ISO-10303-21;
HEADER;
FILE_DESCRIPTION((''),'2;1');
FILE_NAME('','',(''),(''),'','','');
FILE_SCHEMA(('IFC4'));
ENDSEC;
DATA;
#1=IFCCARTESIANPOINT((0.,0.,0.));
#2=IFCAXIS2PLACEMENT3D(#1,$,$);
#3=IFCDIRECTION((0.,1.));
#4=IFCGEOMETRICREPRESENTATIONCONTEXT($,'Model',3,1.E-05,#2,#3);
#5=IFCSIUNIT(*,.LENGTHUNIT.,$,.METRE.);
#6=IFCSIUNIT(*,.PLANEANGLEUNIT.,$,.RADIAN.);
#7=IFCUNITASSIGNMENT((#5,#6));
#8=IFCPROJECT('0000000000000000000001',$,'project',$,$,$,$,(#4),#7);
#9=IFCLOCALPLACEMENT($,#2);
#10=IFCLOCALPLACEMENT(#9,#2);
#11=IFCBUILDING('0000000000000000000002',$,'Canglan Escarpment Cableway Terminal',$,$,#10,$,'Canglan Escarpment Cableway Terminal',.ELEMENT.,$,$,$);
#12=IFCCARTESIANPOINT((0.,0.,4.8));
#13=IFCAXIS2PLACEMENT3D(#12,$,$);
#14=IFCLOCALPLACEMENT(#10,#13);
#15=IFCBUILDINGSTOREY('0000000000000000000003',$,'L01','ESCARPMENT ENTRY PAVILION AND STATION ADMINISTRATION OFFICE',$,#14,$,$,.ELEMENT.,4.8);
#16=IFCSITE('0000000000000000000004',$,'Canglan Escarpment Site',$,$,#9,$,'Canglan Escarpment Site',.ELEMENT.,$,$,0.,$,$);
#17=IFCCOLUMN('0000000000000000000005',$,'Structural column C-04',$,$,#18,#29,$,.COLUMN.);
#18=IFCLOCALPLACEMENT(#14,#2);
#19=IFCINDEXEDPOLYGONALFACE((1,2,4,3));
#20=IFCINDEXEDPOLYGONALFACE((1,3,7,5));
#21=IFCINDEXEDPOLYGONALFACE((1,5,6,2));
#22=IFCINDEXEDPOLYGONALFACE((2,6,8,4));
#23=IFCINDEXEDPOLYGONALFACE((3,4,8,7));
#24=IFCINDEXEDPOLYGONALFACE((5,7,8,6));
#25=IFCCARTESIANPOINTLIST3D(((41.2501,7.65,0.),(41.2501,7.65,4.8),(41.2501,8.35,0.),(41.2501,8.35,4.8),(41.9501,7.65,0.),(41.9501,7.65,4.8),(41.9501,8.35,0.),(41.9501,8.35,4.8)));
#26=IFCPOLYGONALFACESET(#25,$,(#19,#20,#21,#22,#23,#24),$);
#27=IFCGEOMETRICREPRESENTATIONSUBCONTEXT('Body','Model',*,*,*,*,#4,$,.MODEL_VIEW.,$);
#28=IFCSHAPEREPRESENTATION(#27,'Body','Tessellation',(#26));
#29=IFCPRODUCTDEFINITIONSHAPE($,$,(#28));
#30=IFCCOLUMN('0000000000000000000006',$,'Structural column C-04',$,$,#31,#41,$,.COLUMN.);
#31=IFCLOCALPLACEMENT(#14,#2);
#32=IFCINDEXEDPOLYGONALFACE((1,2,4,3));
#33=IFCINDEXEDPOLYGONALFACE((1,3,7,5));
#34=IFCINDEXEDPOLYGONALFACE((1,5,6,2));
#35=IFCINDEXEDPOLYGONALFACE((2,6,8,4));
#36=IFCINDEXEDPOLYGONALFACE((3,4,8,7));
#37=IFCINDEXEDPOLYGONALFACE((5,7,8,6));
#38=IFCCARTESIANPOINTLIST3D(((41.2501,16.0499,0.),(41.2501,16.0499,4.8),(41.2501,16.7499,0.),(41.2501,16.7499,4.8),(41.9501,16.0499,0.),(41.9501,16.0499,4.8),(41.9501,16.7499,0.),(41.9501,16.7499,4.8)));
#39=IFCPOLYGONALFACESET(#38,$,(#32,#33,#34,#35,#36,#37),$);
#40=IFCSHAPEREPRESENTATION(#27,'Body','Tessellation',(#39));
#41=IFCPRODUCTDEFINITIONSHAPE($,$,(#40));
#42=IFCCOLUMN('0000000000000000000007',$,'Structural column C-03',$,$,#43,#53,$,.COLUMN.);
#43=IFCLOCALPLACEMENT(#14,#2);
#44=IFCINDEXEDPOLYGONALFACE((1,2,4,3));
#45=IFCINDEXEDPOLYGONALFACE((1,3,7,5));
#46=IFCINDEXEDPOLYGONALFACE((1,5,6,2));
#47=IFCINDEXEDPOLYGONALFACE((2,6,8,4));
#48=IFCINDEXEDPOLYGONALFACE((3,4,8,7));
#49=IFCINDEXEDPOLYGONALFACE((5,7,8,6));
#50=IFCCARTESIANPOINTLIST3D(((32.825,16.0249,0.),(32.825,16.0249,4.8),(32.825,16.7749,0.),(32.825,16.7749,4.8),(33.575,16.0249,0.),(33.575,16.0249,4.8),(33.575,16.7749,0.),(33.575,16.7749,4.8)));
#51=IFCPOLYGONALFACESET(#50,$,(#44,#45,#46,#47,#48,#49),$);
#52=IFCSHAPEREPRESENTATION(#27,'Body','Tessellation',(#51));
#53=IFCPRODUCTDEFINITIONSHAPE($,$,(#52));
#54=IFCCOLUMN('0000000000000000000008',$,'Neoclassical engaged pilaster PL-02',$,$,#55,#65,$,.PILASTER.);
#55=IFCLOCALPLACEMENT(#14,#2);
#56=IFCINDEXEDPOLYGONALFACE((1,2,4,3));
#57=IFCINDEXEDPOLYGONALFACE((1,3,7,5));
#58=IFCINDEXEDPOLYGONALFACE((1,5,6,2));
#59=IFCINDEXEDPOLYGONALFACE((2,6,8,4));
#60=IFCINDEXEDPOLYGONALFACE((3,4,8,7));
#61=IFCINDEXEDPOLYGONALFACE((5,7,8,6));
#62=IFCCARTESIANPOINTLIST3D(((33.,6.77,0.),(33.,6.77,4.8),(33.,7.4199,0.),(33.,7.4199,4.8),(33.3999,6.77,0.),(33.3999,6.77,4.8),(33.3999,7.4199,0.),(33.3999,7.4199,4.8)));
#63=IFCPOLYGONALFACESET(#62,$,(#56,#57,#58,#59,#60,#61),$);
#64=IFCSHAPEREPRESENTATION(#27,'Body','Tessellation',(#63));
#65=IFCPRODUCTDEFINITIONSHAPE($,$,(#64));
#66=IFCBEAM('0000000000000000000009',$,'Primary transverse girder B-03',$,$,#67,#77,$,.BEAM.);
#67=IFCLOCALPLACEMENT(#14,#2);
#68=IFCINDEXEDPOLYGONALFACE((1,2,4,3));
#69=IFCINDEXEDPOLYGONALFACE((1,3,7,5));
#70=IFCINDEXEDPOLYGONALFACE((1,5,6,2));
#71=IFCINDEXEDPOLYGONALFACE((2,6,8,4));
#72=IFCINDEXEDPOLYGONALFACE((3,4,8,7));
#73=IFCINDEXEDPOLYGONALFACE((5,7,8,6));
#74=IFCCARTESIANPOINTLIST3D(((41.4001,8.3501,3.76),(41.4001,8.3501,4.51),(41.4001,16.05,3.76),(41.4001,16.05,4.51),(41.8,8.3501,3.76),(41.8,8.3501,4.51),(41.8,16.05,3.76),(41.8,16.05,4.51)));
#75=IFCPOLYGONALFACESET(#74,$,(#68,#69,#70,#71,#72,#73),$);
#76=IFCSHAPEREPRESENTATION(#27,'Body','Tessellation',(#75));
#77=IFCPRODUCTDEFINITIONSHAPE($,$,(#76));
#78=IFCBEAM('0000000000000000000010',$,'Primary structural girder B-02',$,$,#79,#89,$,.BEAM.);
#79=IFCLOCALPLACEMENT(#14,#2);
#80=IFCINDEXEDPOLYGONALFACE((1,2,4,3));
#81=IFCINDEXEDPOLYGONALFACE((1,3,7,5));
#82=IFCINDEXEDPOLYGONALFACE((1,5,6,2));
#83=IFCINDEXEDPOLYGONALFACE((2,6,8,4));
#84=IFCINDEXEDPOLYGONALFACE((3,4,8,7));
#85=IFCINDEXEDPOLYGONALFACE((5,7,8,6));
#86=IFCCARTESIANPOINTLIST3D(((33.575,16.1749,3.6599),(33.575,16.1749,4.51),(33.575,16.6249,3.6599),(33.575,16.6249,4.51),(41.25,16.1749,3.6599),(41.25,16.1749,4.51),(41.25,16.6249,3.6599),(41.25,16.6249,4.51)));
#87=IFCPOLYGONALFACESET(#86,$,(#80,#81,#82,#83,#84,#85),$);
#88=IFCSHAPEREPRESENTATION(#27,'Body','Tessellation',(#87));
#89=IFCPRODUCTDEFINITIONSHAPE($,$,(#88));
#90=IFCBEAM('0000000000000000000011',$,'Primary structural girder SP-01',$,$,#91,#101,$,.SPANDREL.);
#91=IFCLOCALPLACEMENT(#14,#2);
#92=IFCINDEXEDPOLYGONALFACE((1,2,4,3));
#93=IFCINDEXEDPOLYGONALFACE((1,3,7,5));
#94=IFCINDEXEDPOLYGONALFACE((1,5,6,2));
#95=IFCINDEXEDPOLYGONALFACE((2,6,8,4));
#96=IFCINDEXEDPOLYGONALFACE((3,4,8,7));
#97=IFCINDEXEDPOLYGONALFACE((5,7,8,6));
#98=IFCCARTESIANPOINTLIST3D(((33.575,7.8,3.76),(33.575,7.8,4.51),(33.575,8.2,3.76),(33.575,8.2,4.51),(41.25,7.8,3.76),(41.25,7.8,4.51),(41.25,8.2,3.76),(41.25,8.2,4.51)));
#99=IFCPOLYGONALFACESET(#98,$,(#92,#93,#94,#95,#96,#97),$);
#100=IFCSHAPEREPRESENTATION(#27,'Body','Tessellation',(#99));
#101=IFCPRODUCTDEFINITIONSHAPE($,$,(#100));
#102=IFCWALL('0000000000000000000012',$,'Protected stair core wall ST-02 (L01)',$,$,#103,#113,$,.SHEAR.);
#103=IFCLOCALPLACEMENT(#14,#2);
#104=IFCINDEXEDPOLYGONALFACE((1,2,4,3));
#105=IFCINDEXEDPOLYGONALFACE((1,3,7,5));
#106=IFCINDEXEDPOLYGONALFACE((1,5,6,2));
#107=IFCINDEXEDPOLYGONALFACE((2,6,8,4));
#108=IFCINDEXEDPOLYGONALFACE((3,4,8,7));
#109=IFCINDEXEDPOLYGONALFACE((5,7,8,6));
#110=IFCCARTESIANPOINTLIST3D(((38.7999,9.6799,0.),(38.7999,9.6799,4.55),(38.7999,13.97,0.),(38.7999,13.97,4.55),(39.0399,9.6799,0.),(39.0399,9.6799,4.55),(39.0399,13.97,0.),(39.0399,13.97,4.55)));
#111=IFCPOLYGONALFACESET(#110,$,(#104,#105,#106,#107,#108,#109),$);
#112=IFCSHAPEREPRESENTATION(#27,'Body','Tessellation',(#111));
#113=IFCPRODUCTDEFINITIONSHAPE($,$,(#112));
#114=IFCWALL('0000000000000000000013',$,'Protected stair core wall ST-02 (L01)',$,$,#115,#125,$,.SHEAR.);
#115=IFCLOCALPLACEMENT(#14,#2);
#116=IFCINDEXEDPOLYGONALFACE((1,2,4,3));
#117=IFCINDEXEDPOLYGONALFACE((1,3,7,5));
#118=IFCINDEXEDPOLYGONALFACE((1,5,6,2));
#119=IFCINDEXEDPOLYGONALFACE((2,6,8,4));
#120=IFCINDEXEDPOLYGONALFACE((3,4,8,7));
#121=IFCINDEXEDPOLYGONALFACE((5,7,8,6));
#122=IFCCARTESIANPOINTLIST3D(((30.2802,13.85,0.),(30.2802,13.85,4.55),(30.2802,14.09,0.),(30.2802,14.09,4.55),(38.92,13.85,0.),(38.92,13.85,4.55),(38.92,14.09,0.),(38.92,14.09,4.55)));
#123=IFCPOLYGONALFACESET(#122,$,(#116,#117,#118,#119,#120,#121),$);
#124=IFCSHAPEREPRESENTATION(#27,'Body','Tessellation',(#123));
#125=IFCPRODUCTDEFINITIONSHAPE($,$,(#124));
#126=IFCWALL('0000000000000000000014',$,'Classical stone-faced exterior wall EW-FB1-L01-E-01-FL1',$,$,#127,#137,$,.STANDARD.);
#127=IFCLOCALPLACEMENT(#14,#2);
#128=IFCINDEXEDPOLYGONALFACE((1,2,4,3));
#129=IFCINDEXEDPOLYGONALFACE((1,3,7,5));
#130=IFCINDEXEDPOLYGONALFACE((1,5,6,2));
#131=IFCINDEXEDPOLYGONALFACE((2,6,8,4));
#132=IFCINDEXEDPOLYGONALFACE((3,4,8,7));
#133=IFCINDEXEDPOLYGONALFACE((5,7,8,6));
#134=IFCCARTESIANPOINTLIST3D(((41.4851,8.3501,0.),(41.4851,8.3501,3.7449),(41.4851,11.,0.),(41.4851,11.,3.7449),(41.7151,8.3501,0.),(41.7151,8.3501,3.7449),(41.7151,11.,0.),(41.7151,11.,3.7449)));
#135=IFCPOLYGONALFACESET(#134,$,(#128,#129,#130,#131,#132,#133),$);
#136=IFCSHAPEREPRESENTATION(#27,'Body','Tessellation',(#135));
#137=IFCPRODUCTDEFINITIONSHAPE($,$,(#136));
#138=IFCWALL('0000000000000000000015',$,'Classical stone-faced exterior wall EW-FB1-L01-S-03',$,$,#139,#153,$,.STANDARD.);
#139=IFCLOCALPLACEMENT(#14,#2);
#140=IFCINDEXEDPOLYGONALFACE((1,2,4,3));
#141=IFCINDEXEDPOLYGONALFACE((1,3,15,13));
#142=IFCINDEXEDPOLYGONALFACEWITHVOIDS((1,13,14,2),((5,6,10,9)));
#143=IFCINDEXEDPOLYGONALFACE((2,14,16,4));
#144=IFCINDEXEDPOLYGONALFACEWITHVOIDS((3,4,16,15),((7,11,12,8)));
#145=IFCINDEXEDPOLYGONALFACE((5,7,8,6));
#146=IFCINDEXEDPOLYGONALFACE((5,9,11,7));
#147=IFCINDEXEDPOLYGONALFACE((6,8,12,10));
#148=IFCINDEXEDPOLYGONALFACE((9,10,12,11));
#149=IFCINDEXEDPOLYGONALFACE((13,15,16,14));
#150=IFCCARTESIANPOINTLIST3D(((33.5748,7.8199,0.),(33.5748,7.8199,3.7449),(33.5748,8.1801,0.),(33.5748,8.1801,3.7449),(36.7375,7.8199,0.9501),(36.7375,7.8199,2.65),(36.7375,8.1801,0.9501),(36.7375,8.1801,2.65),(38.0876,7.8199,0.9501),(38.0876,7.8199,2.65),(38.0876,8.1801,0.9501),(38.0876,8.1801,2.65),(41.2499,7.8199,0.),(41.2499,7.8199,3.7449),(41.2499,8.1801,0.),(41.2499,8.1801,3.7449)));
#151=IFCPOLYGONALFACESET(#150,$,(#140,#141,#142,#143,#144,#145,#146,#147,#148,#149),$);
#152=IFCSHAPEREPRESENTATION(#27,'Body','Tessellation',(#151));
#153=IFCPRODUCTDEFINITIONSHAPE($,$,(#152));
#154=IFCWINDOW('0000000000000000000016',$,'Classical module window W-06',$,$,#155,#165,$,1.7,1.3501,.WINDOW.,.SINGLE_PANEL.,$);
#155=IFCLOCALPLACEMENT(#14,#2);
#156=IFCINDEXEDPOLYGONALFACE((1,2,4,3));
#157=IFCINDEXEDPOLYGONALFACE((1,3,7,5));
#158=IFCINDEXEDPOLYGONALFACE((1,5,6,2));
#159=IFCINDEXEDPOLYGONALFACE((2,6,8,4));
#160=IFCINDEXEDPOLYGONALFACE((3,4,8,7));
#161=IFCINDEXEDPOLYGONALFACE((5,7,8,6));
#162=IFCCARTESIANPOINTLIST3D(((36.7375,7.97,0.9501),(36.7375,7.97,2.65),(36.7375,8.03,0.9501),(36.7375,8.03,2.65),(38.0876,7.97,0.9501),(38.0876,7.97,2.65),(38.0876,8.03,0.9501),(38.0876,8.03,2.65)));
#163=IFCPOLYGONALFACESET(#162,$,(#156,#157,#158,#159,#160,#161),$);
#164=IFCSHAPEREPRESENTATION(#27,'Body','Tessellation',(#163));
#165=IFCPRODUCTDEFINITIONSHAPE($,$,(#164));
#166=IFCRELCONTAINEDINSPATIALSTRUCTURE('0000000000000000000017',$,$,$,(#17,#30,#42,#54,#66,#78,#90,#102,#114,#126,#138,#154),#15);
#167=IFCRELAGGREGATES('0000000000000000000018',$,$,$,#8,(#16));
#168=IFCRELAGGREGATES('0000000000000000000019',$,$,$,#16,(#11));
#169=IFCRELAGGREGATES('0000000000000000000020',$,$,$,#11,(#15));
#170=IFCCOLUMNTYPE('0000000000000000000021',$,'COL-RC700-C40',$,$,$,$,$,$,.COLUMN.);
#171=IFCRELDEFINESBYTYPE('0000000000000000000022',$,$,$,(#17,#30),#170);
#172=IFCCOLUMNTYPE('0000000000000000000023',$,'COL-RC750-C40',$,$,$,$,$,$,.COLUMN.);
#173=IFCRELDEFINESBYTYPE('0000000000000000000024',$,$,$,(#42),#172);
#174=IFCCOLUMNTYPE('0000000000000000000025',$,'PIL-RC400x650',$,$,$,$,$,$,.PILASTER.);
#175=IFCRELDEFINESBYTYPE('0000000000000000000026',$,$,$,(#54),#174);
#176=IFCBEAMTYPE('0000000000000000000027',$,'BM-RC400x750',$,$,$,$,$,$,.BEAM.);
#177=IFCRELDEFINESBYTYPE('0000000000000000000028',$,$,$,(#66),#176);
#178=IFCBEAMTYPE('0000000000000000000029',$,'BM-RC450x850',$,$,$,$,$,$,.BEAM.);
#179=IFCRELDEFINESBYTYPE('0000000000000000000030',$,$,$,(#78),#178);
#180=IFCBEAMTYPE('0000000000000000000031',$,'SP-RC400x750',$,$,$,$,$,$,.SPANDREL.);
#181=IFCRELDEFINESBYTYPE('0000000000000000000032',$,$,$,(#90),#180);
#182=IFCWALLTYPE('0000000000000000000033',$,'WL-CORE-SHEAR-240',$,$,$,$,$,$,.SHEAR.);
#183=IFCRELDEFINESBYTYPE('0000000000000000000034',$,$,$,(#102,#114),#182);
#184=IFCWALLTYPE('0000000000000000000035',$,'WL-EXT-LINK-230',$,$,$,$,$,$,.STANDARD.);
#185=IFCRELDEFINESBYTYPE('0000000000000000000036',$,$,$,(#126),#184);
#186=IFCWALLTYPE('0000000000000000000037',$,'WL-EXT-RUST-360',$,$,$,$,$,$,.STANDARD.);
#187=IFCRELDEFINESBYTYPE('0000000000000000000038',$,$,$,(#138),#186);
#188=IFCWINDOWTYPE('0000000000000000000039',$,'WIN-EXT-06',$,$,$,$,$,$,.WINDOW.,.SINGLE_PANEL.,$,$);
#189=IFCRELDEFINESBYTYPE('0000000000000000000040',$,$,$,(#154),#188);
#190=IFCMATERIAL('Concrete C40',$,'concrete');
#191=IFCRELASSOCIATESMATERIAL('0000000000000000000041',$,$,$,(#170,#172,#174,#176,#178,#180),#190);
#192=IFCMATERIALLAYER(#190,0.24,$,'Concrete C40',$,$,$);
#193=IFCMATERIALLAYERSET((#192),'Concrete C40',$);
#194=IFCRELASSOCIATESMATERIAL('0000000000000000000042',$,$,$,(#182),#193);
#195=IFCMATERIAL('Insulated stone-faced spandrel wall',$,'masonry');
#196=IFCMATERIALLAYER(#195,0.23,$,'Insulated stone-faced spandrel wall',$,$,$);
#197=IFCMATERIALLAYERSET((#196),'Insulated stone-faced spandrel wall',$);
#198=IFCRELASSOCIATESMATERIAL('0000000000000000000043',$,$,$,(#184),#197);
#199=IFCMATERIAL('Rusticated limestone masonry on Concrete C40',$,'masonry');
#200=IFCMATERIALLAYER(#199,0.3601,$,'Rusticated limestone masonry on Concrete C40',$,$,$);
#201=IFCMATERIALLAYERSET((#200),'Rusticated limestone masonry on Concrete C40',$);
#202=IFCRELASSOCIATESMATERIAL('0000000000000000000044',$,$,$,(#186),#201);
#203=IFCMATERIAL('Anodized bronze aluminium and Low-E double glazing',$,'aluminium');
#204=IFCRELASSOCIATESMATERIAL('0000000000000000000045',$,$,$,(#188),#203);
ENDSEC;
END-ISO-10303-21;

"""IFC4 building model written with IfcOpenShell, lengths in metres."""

from ifc_helpers import new_model, si_unit, direction, frame, frame_2d, origin, origin_2d, place, context, subcontext, project, spatial, rectangle, extrude, material, layer, layer_set, material_profile, profile_set, type_object, element, fill, save


model = new_model("IFC4")

# Units and contexts
model_context = context("Model", 3, precision=1e-05, world=origin(), true_north=direction((0.0, 1.0)))
body_context = subcontext(model_context, "Body", "Model", "MODEL_VIEW")
ifc_project = project(units=[si_unit("LENGTHUNIT", "METRE"), si_unit("PLANEANGLEUNIT", "RADIAN")], contexts=[model_context])

# Site, building, storey
site_placement = place(None, origin())
site = spatial("IfcSite", under=ifc_project, at=site_placement, Name="Canglan Escarpment Site", LongName="Canglan Escarpment Site", CompositionType="ELEMENT", RefElevation=0.0)
building_placement = place(site_placement, origin())
building = spatial("IfcBuilding", under=site, at=building_placement, Name="Canglan Escarpment Cableway Terminal", LongName="Canglan Escarpment Cableway Terminal", CompositionType="ELEMENT")
storey_placement = place(building_placement, frame((0.0, 0.0, 4.8)))
storey = spatial("IfcBuildingStorey", under=building, at=storey_placement, Name="L01", Description="ESCARPMENT ENTRY PAVILION AND STATION ADMINISTRATION OFFICE", CompositionType="ELEMENT", Elevation=4.8)

# Columns
ifc_material_1 = material(Name="Concrete C40", Category="concrete")
ifc_material_profile_1 = material_profile(ifc_material_1, rectangle(XDim=0.7, YDim=0.7, at=origin_2d()), Name="RC 700x700")
ifc_profile_set_1 = profile_set([ifc_material_profile_1], Name="Concrete C40")
column_type_1 = type_object("IfcColumnType", Name="COL-RC700-C40", PredefinedType="COLUMN", material=ifc_profile_set_1)
for number, where, z_axis, x_axis, name in (
    (1, (41.6001, 8.0, 0.0), (0.0, 0.0, 1.0), (1.0, 0.0, 0.0), "Structural column C-04"),
    (2, (41.6001, 16.3999, 0.0), (0.0, 0.0, 1.0), (1.0, 0.0, 0.0), "Structural column C-04"),
):
    element("IfcColumn", number, at=place(storey_placement, frame(where, z_axis=z_axis, x_axis=x_axis)), inside=storey, type_object=column_type_1, Name=name, PredefinedType="COLUMN", context=body_context, shape_type="SweptSolid", body=[
        extrude(rectangle(XDim=0.7, YDim=0.7, at=origin_2d()), origin(), (0.0, 0.0, 1.0), 4.8),
    ])
ifc_material_profile_2 = material_profile(ifc_material_1, rectangle(XDim=0.75, YDim=0.75, at=origin_2d()), Name="RC 750x750")
ifc_profile_set_2 = profile_set([ifc_material_profile_2], Name="Concrete C40")
column_type_2 = type_object("IfcColumnType", Name="COL-RC750-C40", PredefinedType="COLUMN", material=ifc_profile_set_2)
column_1_placement = place(storey_placement, frame((33.2, 16.3999, 0.0), z_axis=(0.0, 0.0, 1.0), x_axis=(1.0, 0.0, 0.0)))
element("IfcColumn", 3, at=column_1_placement, inside=storey, type_object=column_type_2, Name="Structural column C-03", PredefinedType="COLUMN", context=body_context, shape_type="SweptSolid", body=[
    extrude(rectangle(XDim=0.75, YDim=0.75, at=origin_2d()), origin(), (0.0, 0.0, 1.0), 4.8),
])
ifc_material_profile_3 = material_profile(ifc_material_1, rectangle(XDim=0.3999, YDim=0.6499, at=origin_2d()), Name="RC-PIL 400x650")
ifc_profile_set_3 = profile_set([ifc_material_profile_3], Name="Concrete C40")
column_type_3 = type_object("IfcColumnType", Name="PIL-RC400x650", PredefinedType="PILASTER", material=ifc_profile_set_3)
column_2_placement = place(storey_placement, frame((33.2, 7.095, 0.0), z_axis=(0.0, 0.0, 1.0), x_axis=(1.0, 0.0, 0.0)))
element("IfcColumn", 4, at=column_2_placement, inside=storey, type_object=column_type_3, Name="Neoclassical engaged pilaster PL-02", PredefinedType="PILASTER", context=body_context, shape_type="SweptSolid", body=[
    extrude(rectangle(XDim=0.3999, YDim=0.6499, at=origin_2d()), origin(), (0.0, 0.0, 1.0), 4.8),
])

# Beams
ifc_material_profile_4 = material_profile(ifc_material_1, rectangle(XDim=0.3999, YDim=0.75, at=origin_2d()), Name="RC 400x750")
ifc_profile_set_4 = profile_set([ifc_material_profile_4], Name="Concrete C40")
beam_type_1 = type_object("IfcBeamType", Name="BM-RC400x750", PredefinedType="BEAM", material=ifc_profile_set_4)
beam_1_placement = place(storey_placement, frame((41.6001, 8.3501, 4.135), z_axis=(0.0, 1.0, 0.0), x_axis=(-1.0, 0.0, 0.0)))
element("IfcBeam", 5, at=beam_1_placement, inside=storey, type_object=beam_type_1, Name="Primary transverse girder B-03", PredefinedType="BEAM", context=body_context, shape_type="SweptSolid", body=[
    extrude(rectangle(XDim=0.3999, YDim=0.75, at=origin_2d()), origin(), (0.0, 0.0, 1.0), 7.7),
])
ifc_material_profile_5 = material_profile(ifc_material_1, rectangle(XDim=0.45, YDim=0.8501, at=origin_2d()), Name="RC 450x850")
ifc_profile_set_5 = profile_set([ifc_material_profile_5], Name="Concrete C40")
beam_type_2 = type_object("IfcBeamType", Name="BM-RC450x850", PredefinedType="BEAM", material=ifc_profile_set_5)
beam_2_placement = place(storey_placement, frame((33.575, 16.3999, 4.085), z_axis=(1.0, 0.0, 0.0), x_axis=(0.0, 1.0, 0.0)))
element("IfcBeam", 6, at=beam_2_placement, inside=storey, type_object=beam_type_2, Name="Primary structural girder B-02", PredefinedType="BEAM", context=body_context, shape_type="SweptSolid", body=[
    extrude(rectangle(XDim=0.45, YDim=0.8501, at=origin_2d()), origin(), (0.0, 0.0, 1.0), 7.675),
])
ifc_material_profile_6 = material_profile(ifc_material_1, rectangle(XDim=0.3999, YDim=0.75, at=origin_2d()), Name="RC 400x750")
ifc_profile_set_6 = profile_set([ifc_material_profile_6], Name="Concrete C40")
beam_type_3 = type_object("IfcBeamType", Name="SP-RC400x750", PredefinedType="SPANDREL", material=ifc_profile_set_6)
beam_3_placement = place(storey_placement, frame((33.575, 8.0, 4.135), z_axis=(1.0, 0.0, 0.0), x_axis=(0.0, 1.0, 0.0)))
element("IfcBeam", 7, at=beam_3_placement, inside=storey, type_object=beam_type_3, Name="Primary structural girder SP-01", PredefinedType="SPANDREL", context=body_context, shape_type="SweptSolid", body=[
    extrude(rectangle(XDim=0.3999, YDim=0.75, at=origin_2d()), origin(), (0.0, 0.0, 1.0), 7.675),
])

# Walls
ifc_layer_1 = layer(ifc_material_1, 0.24, Name="Concrete C40")
ifc_layer_set_1 = layer_set([ifc_layer_1], Name="Concrete C40")
wall_type_1 = type_object("IfcWallType", Name="WL-CORE-SHEAR-240", PredefinedType="SHEAR", material=ifc_layer_set_1)
wall_1_placement = place(storey_placement, frame((38.9199, 9.6799, 0.0), z_axis=(0.0, 0.0, 1.0), x_axis=(0.0, 1.0, 0.0)))
element("IfcWall", 8, at=wall_1_placement, inside=storey, type_object=wall_type_1, Name="Protected stair core wall ST-02 (L01)", PredefinedType="SHEAR", context=body_context, shape_type="SweptSolid", body=[
    extrude(rectangle(XDim=4.29, YDim=0.24, at=frame_2d((2.145, 0.0))), origin(), (0.0, 0.0, 1.0), 4.55),
])
wall_2_placement = place(storey_placement, frame((38.9199, 13.97, 0.0), z_axis=(0.0, 0.0, 1.0), x_axis=(-1.0, 0.0, 0.0)))
element("IfcWall", 9, at=wall_2_placement, inside=storey, type_object=wall_type_1, Name="Protected stair core wall ST-02 (L01)", PredefinedType="SHEAR", context=body_context, shape_type="SweptSolid", body=[
    extrude(rectangle(XDim=8.6399, YDim=0.24, at=frame_2d((4.3198, 0.0))), origin(), (0.0, 0.0, 1.0), 4.55),
])
ifc_material_2 = material(Name="Insulated stone-faced spandrel wall", Category="masonry")
ifc_layer_2 = layer(ifc_material_2, 0.23, Name="Insulated stone-faced spandrel wall")
ifc_layer_set_2 = layer_set([ifc_layer_2], Name="Insulated stone-faced spandrel wall")
wall_type_2 = type_object("IfcWallType", Name="WL-EXT-LINK-230", PredefinedType="STANDARD", material=ifc_layer_set_2)
wall_3_placement = place(storey_placement, frame((41.6001, 8.3501, 0.0), z_axis=(0.0, 0.0, 1.0), x_axis=(0.0, 1.0, 0.0)))
element("IfcWall", 10, at=wall_3_placement, inside=storey, type_object=wall_type_2, Name="Classical stone-faced exterior wall EW-FB1-L01-E-01-FL1", PredefinedType="STANDARD", context=body_context, shape_type="SweptSolid", body=[
    extrude(rectangle(XDim=2.6499, YDim=0.23, at=frame_2d((1.325, 0.0))), origin(), (0.0, 0.0, 1.0), 3.7449),
])

# Wall, opening, window
ifc_material_3 = material(Name="Rusticated limestone masonry on Concrete C40", Category="masonry")
ifc_layer_3 = layer(ifc_material_3, 0.3601, Name="Rusticated limestone masonry on Concrete C40")
ifc_layer_set_3 = layer_set([ifc_layer_3], Name="Rusticated limestone masonry on Concrete C40")
wall_type_3 = type_object("IfcWallType", Name="WL-EXT-RUST-360", PredefinedType="STANDARD", material=ifc_layer_set_3)
wall_4_placement = place(storey_placement, frame((33.575, 8.0, 0.0), z_axis=(0.0, 0.0, 1.0), x_axis=(1.0, 0.0, 0.0)))
wall_4 = element("IfcWall", 11, at=wall_4_placement, inside=storey, type_object=wall_type_3, Name="Classical stone-faced exterior wall EW-FB1-L01-S-03", PredefinedType="STANDARD", context=body_context, shape_type="SweptSolid", body=[
    extrude(rectangle(XDim=7.675, YDim=0.3601, at=frame_2d((3.8374, 0.0))), origin(), (0.0, 0.0, 1.0), 3.7449),
])
opening_1_placement = place(wall_4_placement, frame((3.1626, 0.0, 0.95)))
opening_1 = element("IfcOpeningElement", 12, at=opening_1_placement, cuts=wall_4, PredefinedType="OPENING", context=body_context, shape_type="SweptSolid", body=[
    extrude(rectangle(XDim=1.3501, YDim=1.7, at=frame_2d((0.675, 0.8501))), frame((0.0, 0.1899, 0.0), z_axis=(0.0, -1.0, 0.0), x_axis=(1.0, 0.0, 0.0)), (0.0, 0.0, 1.0), 0.3801),
])
ifc_material_4 = material(Name="Anodized bronze aluminium and Low-E double glazing", Category="aluminium")
window_type = type_object("IfcWindowType", Name="WIN-EXT-06", PartitioningType="SINGLE_PANEL", PredefinedType="WINDOW", material=ifc_material_4)
window_placement = place(opening_1_placement, origin())
window = element("IfcWindow", 13, at=window_placement, inside=storey, type_object=window_type, Name="Classical module window W-06", OverallHeight=1.7, OverallWidth=1.3501, PartitioningType="SINGLE_PANEL", PredefinedType="WINDOW", context=body_context, shape_type="SweptSolid", body=[
    extrude(rectangle(XDim=1.3501, YDim=1.7, at=frame_2d((0.675, 0.8501))), frame((0.0, 0.03, 0.0), z_axis=(0.0, -1.0, 0.0), x_axis=(1.0, 0.0, 0.0)), (0.0, 0.0, 1.0), 0.0601),
])
fill(opening_1, window)

save(model, "model.ifc")
